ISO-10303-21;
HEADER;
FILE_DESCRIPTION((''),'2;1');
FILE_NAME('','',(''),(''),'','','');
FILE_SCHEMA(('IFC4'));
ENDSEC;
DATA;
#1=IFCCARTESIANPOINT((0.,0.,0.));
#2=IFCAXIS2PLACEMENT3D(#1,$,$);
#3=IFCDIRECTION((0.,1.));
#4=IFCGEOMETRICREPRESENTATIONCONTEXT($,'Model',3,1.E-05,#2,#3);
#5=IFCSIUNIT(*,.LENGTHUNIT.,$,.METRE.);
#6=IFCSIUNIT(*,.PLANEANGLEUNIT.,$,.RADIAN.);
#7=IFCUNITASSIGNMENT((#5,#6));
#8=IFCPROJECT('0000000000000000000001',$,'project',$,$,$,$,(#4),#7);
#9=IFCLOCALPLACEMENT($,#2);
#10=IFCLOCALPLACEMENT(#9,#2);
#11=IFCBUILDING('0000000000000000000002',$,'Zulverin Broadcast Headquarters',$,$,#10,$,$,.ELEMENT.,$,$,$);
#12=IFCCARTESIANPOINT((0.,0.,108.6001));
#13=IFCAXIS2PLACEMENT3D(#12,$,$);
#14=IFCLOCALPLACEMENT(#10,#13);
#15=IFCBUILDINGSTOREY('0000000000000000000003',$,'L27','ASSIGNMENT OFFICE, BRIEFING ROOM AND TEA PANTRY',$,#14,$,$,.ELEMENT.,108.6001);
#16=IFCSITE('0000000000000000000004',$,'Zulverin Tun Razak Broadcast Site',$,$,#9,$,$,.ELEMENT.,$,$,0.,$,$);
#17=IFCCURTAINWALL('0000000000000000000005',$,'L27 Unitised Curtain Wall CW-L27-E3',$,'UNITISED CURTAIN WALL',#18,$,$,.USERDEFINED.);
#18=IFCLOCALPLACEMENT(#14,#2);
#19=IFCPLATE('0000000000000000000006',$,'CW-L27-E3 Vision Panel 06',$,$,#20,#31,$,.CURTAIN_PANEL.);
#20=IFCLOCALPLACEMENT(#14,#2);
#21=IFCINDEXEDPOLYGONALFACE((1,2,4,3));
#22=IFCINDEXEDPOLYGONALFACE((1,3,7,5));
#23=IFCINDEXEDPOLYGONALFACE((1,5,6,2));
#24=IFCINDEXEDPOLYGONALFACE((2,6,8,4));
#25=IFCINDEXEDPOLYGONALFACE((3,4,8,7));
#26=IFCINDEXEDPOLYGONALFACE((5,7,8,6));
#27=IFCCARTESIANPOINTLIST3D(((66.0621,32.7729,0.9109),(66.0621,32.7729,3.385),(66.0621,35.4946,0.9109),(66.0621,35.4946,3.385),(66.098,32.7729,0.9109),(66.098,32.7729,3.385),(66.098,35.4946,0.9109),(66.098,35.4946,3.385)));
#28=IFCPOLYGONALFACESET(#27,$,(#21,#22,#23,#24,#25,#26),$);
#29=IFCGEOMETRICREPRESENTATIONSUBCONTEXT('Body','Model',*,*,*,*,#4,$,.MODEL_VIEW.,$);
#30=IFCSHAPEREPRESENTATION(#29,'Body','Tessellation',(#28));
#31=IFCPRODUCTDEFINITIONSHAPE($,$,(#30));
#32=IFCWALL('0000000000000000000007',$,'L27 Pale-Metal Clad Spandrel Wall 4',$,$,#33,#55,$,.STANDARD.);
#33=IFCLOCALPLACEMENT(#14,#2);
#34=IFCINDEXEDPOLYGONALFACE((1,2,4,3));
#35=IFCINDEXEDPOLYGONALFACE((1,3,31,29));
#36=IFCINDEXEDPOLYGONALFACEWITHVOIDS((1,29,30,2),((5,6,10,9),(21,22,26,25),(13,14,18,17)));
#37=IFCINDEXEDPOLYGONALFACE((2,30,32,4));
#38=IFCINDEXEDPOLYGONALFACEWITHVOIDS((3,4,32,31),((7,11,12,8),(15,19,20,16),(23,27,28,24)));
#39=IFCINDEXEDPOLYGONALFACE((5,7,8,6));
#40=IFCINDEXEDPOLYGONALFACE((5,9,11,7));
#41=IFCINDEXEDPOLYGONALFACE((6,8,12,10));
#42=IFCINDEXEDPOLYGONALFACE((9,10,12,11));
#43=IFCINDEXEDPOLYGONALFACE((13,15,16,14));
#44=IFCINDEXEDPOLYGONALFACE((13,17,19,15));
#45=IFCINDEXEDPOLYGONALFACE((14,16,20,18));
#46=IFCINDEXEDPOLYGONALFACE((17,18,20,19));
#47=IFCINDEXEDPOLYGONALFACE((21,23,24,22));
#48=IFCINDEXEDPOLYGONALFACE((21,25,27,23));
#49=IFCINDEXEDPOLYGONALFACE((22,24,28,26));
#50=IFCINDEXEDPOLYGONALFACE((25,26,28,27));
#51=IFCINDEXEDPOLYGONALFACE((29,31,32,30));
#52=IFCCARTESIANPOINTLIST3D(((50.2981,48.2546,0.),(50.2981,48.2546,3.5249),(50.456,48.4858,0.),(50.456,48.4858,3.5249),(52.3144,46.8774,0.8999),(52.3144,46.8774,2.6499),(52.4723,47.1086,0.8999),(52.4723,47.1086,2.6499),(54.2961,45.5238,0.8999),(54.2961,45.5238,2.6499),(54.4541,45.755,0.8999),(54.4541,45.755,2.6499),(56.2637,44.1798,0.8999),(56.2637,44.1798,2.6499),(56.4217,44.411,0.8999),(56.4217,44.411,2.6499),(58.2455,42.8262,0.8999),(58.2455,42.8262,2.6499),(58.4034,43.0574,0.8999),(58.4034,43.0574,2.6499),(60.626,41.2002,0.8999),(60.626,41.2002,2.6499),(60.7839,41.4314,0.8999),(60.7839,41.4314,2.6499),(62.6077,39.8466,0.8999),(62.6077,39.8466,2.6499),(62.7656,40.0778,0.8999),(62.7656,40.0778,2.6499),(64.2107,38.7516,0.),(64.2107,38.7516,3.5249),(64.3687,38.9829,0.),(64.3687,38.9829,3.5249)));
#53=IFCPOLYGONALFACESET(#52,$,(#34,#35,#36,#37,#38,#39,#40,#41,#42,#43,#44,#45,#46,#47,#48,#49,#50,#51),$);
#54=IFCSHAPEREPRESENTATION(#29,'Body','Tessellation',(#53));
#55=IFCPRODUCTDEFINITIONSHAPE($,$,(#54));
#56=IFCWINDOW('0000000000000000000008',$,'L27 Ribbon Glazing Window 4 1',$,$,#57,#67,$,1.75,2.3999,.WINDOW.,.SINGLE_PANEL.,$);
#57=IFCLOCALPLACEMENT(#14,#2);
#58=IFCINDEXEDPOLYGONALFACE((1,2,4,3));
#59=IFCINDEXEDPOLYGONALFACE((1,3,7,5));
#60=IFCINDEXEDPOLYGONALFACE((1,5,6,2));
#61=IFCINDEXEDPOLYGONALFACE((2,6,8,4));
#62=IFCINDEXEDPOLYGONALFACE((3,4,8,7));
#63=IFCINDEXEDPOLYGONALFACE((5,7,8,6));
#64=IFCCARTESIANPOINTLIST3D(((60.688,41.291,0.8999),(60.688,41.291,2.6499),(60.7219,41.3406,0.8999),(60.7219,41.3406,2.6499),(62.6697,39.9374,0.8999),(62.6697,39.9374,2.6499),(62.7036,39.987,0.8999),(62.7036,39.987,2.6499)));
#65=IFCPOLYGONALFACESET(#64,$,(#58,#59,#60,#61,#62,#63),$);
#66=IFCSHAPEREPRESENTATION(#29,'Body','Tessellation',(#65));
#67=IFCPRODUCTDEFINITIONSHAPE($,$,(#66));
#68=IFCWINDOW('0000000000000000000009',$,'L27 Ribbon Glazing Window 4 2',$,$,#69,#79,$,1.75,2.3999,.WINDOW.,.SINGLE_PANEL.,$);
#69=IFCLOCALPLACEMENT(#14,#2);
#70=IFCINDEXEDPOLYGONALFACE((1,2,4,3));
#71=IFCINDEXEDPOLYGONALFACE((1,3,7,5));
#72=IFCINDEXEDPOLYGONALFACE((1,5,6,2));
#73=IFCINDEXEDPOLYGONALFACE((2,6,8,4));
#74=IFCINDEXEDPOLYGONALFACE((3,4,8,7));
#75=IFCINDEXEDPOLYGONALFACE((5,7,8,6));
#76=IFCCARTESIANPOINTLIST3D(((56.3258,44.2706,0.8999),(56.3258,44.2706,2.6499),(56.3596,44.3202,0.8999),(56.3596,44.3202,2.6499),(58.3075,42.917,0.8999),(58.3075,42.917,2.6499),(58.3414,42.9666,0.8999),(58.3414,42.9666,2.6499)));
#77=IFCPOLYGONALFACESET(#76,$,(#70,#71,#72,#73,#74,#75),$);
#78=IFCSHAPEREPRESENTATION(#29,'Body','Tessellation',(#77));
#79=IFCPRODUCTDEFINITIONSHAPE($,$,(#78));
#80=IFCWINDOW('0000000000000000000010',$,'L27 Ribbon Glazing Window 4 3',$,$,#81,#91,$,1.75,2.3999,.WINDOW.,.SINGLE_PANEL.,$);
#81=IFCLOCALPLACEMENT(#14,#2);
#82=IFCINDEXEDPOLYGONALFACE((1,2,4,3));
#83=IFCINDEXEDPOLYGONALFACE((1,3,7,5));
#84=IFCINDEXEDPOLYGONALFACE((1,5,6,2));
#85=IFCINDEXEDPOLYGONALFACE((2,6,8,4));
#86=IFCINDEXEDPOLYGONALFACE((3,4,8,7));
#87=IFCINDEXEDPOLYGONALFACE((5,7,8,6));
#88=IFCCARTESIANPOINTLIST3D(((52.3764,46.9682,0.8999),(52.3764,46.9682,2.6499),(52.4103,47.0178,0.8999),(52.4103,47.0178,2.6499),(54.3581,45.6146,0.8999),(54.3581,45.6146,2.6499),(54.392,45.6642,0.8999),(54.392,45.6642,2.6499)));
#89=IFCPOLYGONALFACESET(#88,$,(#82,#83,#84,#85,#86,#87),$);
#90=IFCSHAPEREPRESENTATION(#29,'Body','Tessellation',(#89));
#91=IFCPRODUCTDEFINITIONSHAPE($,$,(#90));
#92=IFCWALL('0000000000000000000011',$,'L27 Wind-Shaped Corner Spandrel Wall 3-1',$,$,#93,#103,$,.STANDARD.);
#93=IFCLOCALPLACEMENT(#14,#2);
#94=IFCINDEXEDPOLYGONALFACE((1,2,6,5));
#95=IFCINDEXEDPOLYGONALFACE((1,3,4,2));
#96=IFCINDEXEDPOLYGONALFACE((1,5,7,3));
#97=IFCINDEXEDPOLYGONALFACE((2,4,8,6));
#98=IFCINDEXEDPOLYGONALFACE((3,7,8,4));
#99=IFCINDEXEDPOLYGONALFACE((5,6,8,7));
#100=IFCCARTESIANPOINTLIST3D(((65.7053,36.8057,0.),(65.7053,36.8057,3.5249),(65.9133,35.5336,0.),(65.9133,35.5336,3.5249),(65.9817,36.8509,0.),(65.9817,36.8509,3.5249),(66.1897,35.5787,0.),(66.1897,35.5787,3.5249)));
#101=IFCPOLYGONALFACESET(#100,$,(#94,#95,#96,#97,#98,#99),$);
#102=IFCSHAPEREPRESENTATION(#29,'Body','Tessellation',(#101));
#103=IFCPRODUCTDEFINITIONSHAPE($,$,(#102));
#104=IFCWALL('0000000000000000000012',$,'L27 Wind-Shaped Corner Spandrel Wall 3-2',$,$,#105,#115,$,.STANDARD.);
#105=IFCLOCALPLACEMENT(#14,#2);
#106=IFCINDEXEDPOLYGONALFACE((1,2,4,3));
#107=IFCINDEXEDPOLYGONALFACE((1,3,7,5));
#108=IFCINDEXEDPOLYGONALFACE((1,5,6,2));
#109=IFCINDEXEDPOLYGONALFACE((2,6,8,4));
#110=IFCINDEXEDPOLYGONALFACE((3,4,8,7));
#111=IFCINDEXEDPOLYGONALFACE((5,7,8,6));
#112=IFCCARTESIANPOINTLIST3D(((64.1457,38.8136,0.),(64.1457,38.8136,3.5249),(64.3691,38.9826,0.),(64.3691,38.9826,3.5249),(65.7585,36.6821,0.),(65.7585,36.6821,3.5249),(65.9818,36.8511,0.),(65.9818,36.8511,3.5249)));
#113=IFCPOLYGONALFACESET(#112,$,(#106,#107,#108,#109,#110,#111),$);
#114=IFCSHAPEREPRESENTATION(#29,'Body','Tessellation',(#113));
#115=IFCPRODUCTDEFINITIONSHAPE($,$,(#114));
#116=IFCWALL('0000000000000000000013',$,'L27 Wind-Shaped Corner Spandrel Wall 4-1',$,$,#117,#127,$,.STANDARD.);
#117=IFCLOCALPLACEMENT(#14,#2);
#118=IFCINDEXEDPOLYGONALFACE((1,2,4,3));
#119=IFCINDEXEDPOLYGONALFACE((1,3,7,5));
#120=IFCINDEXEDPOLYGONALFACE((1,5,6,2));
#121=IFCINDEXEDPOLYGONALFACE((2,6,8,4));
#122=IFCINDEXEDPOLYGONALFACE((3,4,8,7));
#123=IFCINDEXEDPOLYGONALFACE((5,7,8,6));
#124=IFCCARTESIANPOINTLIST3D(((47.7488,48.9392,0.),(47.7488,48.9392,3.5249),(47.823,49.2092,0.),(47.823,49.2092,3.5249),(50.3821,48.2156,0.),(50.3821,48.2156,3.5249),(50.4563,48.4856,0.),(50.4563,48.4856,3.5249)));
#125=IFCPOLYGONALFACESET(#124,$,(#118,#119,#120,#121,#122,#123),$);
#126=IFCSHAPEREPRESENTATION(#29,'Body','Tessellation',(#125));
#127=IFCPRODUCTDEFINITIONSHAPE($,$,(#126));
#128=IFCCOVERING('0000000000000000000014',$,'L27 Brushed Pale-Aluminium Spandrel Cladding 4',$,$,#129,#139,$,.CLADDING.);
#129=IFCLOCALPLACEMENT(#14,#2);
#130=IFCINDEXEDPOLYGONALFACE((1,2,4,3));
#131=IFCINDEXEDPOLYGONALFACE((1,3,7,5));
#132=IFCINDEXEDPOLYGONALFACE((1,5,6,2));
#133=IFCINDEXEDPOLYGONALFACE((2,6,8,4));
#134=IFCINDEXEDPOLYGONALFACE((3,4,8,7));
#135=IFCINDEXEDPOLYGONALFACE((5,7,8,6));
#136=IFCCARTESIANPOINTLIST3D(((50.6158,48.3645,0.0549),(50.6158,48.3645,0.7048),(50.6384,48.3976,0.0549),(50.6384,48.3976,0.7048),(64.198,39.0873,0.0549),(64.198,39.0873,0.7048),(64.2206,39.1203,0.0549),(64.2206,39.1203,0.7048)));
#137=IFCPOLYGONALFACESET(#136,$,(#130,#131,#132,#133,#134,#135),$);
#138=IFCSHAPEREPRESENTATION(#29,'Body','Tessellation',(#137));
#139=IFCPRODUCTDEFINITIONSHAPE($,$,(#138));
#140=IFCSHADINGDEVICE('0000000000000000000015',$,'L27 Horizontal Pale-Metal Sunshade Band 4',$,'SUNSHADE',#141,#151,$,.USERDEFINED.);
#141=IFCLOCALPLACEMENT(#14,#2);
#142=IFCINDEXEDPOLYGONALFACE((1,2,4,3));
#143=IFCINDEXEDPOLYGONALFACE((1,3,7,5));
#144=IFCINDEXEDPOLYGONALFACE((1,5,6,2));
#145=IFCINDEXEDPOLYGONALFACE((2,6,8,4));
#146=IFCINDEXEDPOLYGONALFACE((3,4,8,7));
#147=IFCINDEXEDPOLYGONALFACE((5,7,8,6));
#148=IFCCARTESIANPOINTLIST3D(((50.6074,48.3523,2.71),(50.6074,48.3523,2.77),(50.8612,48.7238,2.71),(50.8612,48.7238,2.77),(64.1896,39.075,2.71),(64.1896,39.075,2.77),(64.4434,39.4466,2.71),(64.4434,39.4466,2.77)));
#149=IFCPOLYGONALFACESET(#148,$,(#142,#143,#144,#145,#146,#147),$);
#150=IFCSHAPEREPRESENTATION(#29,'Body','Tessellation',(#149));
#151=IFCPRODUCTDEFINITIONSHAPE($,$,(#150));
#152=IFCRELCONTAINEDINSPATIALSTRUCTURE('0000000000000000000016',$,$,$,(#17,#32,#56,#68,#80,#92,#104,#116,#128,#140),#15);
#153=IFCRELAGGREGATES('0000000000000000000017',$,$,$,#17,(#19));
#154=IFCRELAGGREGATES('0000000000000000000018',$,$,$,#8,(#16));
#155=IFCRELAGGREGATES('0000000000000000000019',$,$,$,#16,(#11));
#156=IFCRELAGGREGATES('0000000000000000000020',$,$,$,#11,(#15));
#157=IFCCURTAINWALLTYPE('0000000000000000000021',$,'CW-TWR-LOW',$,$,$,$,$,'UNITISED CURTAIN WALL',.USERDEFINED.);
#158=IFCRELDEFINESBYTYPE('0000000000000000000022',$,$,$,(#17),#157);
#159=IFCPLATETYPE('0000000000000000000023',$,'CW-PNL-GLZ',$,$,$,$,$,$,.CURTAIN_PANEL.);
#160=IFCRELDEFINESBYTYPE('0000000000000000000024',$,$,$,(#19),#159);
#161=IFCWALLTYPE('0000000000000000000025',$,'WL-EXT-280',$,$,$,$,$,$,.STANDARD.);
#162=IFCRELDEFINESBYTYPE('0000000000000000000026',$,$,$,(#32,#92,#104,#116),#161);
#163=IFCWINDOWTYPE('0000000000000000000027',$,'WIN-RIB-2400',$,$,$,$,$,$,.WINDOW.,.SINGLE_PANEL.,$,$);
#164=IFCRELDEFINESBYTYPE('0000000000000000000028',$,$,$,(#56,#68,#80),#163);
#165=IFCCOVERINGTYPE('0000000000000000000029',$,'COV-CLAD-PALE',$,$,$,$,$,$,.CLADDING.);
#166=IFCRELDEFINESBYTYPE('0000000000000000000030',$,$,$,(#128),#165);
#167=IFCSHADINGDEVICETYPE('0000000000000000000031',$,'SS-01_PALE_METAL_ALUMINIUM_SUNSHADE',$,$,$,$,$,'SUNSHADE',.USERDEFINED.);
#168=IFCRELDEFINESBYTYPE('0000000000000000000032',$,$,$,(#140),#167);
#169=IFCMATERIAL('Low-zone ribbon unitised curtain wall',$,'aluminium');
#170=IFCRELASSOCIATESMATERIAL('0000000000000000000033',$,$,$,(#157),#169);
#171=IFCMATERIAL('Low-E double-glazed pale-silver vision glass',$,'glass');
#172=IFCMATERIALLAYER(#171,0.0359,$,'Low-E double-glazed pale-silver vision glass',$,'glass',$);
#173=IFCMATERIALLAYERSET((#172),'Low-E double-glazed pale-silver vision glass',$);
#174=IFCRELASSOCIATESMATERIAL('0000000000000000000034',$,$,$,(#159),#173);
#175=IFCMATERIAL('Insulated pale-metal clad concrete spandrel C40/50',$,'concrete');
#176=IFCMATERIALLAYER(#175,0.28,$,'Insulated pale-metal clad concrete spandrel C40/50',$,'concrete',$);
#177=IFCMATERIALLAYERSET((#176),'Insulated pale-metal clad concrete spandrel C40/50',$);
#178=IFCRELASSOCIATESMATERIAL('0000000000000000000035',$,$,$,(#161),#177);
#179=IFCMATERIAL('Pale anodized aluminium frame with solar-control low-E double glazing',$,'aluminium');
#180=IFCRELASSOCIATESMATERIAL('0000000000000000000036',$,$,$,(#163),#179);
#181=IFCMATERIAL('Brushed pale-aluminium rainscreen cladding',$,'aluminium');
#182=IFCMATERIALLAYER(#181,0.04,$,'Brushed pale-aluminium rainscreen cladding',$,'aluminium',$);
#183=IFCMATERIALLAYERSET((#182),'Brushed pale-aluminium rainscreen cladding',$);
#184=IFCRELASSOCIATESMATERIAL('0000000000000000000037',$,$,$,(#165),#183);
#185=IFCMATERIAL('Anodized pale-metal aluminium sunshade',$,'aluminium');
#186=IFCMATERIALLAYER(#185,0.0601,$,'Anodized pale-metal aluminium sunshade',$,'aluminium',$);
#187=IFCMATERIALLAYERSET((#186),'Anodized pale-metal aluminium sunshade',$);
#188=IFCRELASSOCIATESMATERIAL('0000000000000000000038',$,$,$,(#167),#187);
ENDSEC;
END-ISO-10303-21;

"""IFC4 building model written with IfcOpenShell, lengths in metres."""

from ifc_helpers import new_model, si_unit, direction, frame, frame_2d, origin, origin_2d, place, context, subcontext, project, spatial, rectangle, extrude, material, layer, layer_set, type_object, element, fill, aggregate, save


model = new_model("IFC4")

# Units and contexts
model_context = context("Model", 3, precision=1e-05, world=origin(), true_north=direction((0.0, 1.0)))
body_context = subcontext(model_context, "Body", "Model", "MODEL_VIEW")
ifc_project = project(units=[si_unit("LENGTHUNIT", "METRE"), si_unit("PLANEANGLEUNIT", "RADIAN")], contexts=[model_context])

# Site, building, storey
site_placement = place(None, origin())
site = spatial("IfcSite", under=ifc_project, at=site_placement, Name="Zulverin Tun Razak Broadcast Site", CompositionType="ELEMENT", RefElevation=0.0)
building_placement = place(site_placement, origin())
building = spatial("IfcBuilding", under=site, at=building_placement, Name="Zulverin Broadcast Headquarters", CompositionType="ELEMENT")
storey_placement = place(building_placement, frame((0.0, 0.0, 108.6001)))
storey = spatial("IfcBuildingStorey", under=building, at=storey_placement, Name="L27", Description="ASSIGNMENT OFFICE, BRIEFING ROOM AND TEA PANTRY", CompositionType="ELEMENT", Elevation=108.6001)

# Curtain wall, plate
ifc_material_1 = material(Name="Low-zone ribbon unitised curtain wall", Category="aluminium")
curtain_wall_type = type_object("IfcCurtainWallType", Name="CW-TWR-LOW", ElementType="UNITISED CURTAIN WALL", PredefinedType="USERDEFINED", material=ifc_material_1)
curtain_wall_placement = place(storey_placement, origin())
curtain_wall = element("IfcCurtainWall", 1, at=curtain_wall_placement, inside=storey, type_object=curtain_wall_type, Name="L27 Unitised Curtain Wall CW-L27-E3", ObjectType="UNITISED CURTAIN WALL", PredefinedType="USERDEFINED")
ifc_material_2 = material(Name="Low-E double-glazed pale-silver vision glass", Category="glass")
ifc_layer_1 = layer(ifc_material_2, 0.0359, Name="Low-E double-glazed pale-silver vision glass", Category="glass")
ifc_layer_set_1 = layer_set([ifc_layer_1], Name="Low-E double-glazed pale-silver vision glass")
plate_type = type_object("IfcPlateType", Name="CW-PNL-GLZ", PredefinedType="CURTAIN_PANEL", material=ifc_layer_set_1)
plate_placement = place(storey_placement, frame((66.0801, 34.1338, 0.9109), z_axis=(0.0, 0.0, 1.0), x_axis=(0.0, 1.0, 0.0)))
plate = element("IfcPlate", 2, at=plate_placement, type_object=plate_type, Name="CW-L27-E3 Vision Panel 06", PredefinedType="CURTAIN_PANEL", context=body_context, shape_type="SweptSolid", body=[
    extrude(rectangle(XDim=2.7217, YDim=0.0359, at=origin_2d()), origin(), (0.0, 0.0, 1.0), 2.4741),
])
aggregate(curtain_wall, [plate])

# Wall, openings, windows
ifc_material_3 = material(Name="Insulated pale-metal clad concrete spandrel C40/50", Category="concrete")
ifc_layer_2 = layer(ifc_material_3, 0.28, Name="Insulated pale-metal clad concrete spandrel C40/50", Category="concrete")
ifc_layer_set_2 = layer_set([ifc_layer_2], Name="Insulated pale-metal clad concrete spandrel C40/50")
wall_type = type_object("IfcWallType", Name="WL-EXT-280", PredefinedType="STANDARD", material=ifc_layer_set_2)
wall_1_placement = place(storey_placement, frame((64.2898, 38.8672, 0.0), z_axis=(0.0, 0.0, 1.0), x_axis=(-0.825756, 0.564028, 0.0)))
wall_1 = element("IfcWall", 3, at=wall_1_placement, inside=storey, type_object=wall_type, Name="L27 Pale-Metal Clad Spandrel Wall 4", PredefinedType="STANDARD", context=body_context, shape_type="SweptSolid", body=[
    extrude(rectangle(XDim=16.8484, YDim=0.28, at=frame_2d((8.4243, 0.0))), origin(), (0.0, 0.0, 1.0), 3.5249),
])
opening_1_placement = place(wall_1_placement, frame((1.9414, 0.0, 0.8999)))
opening_1 = element("IfcOpeningElement", 4, at=opening_1_placement, cuts=wall_1, PredefinedType="OPENING", context=body_context, shape_type="SweptSolid", body=[
    extrude(rectangle(XDim=2.3999, YDim=1.75, at=frame_2d((1.2, 0.875))), frame((0.0, 0.1499, 0.0), z_axis=(0.0, -1.0, 0.0), x_axis=(1.0, 0.0, 0.0)), (0.0, 0.0, 1.0), 0.3),
])
opening_2_placement = place(wall_1_placement, frame((7.2241, 0.0, 0.8999)))
opening_2 = element("IfcOpeningElement", 5, at=opening_2_placement, cuts=wall_1, PredefinedType="OPENING", context=body_context, shape_type="SweptSolid", body=[
    extrude(rectangle(XDim=2.3999, YDim=1.75, at=frame_2d((1.2, 0.875))), frame((0.0, 0.1499, 0.0), z_axis=(0.0, -1.0, 0.0), x_axis=(1.0, 0.0, 0.0)), (0.0, 0.0, 1.0), 0.3),
])
opening_3_placement = place(wall_1_placement, frame((12.0068, 0.0, 0.8999)))
opening_3 = element("IfcOpeningElement", 6, at=opening_3_placement, cuts=wall_1, PredefinedType="OPENING", context=body_context, shape_type="SweptSolid", body=[
    extrude(rectangle(XDim=2.3999, YDim=1.75, at=frame_2d((1.2, 0.875))), frame((0.0, 0.1499, 0.0), z_axis=(0.0, -1.0, 0.0), x_axis=(1.0, 0.0, 0.0)), (0.0, 0.0, 1.0), 0.3),
])
ifc_material_4 = material(Name="Pale anodized aluminium frame with solar-control low-E double glazing", Category="aluminium")
window_type = type_object("IfcWindowType", Name="WIN-RIB-2400", PartitioningType="SINGLE_PANEL", PredefinedType="WINDOW", material=ifc_material_4)
window_1_placement = place(opening_1_placement, origin())
window_1 = element("IfcWindow", 7, at=window_1_placement, inside=storey, type_object=window_type, Name="L27 Ribbon Glazing Window 4 1", OverallHeight=1.75, OverallWidth=2.3999, PartitioningType="SINGLE_PANEL", PredefinedType="WINDOW", context=body_context, shape_type="SweptSolid", body=[
    extrude(rectangle(XDim=2.3999, YDim=1.75, at=frame_2d((1.2, 0.875))), frame((0.0, 0.03, 0.0), z_axis=(0.0, -1.0, 0.0), x_axis=(1.0, 0.0, 0.0)), (0.0, 0.0, 1.0), 0.0601),
])
fill(opening_1, window_1)
window_2_placement = place(opening_2_placement, origin())
window_2 = element("IfcWindow", 8, at=window_2_placement, inside=storey, type_object=window_type, Name="L27 Ribbon Glazing Window 4 2", OverallHeight=1.75, OverallWidth=2.3999, PartitioningType="SINGLE_PANEL", PredefinedType="WINDOW", context=body_context, shape_type="SweptSolid", body=[
    extrude(rectangle(XDim=2.3999, YDim=1.75, at=frame_2d((1.2, 0.875))), frame((0.0, 0.03, 0.0), z_axis=(0.0, -1.0, 0.0), x_axis=(1.0, 0.0, 0.0)), (0.0, 0.0, 1.0), 0.0601),
])
fill(opening_2, window_2)
window_3_placement = place(opening_3_placement, origin())
window_3 = element("IfcWindow", 9, at=window_3_placement, inside=storey, type_object=window_type, Name="L27 Ribbon Glazing Window 4 3", OverallHeight=1.75, OverallWidth=2.3999, PartitioningType="SINGLE_PANEL", PredefinedType="WINDOW", context=body_context, shape_type="SweptSolid", body=[
    extrude(rectangle(XDim=2.3999, YDim=1.75, at=frame_2d((1.2, 0.875))), frame((0.0, 0.03, 0.0), z_axis=(0.0, -1.0, 0.0), x_axis=(1.0, 0.0, 0.0)), (0.0, 0.0, 1.0), 0.0601),
])
fill(opening_3, window_3)

# Walls
wall_2_placement = place(storey_placement, frame((66.0515, 35.5562, 0.0), z_axis=(0.0, 0.0, 1.0), x_axis=(-0.161358, 0.986896, 0.0)))
element("IfcWall", 10, at=wall_2_placement, inside=storey, type_object=wall_type, Name="L27 Wind-Shaped Corner Spandrel Wall 3-1", PredefinedType="STANDARD", context=body_context, shape_type="SweptSolid", body=[
    extrude(rectangle(XDim=1.2891, YDim=0.28, at=frame_2d((0.6445, 0.0))), origin(), (0.0, 0.0, 1.0), 3.5249),
])
wall_3_placement = place(storey_placement, frame((65.8701, 36.7666, 0.0), z_axis=(0.0, 0.0, 1.0), x_axis=(-0.60337, 0.797461, 0.0)))
element("IfcWall", 11, at=wall_3_placement, inside=storey, type_object=wall_type, Name="L27 Wind-Shaped Corner Spandrel Wall 3-2", PredefinedType="STANDARD", context=body_context, shape_type="SweptSolid", body=[
    extrude(rectangle(XDim=2.6729, YDim=0.28, at=frame_2d((1.3364, 0.0))), origin(), (0.0, 0.0, 1.0), 3.5249),
])
wall_4_placement = place(storey_placement, frame((50.4192, 48.3506, 0.0), z_axis=(0.0, 0.0, 1.0), x_axis=(-0.964255, 0.264978, 0.0)))
element("IfcWall", 12, at=wall_4_placement, inside=storey, type_object=wall_type, Name="L27 Wind-Shaped Corner Spandrel Wall 4-1", PredefinedType="STANDARD", context=body_context, shape_type="SweptSolid", body=[
    extrude(rectangle(XDim=2.731, YDim=0.28, at=frame_2d((1.3655, 0.0))), origin(), (0.0, 0.0, 1.0), 3.5249),
])

# Covering
ifc_material_5 = material(Name="Brushed pale-aluminium rainscreen cladding", Category="aluminium")
ifc_layer_3 = layer(ifc_material_5, 0.04, Name="Brushed pale-aluminium rainscreen cladding", Category="aluminium")
ifc_layer_set_3 = layer_set([ifc_layer_3], Name="Brushed pale-aluminium rainscreen cladding")
covering_type = type_object("IfcCoveringType", Name="COV-CLAD-PALE", PredefinedType="CLADDING", material=ifc_layer_set_3)
covering_placement = place(storey_placement, frame((57.4182, 43.7424, 0.0549), z_axis=(0.0, 0.0, 1.0), x_axis=(-0.825757, 0.564026, 0.0)))
element("IfcCovering", 13, at=covering_placement, inside=storey, type_object=covering_type, Name="L27 Brushed Pale-Aluminium Spandrel Cladding 4", PredefinedType="CLADDING", context=body_context, shape_type="SweptSolid", body=[
    extrude(rectangle(XDim=16.4482, YDim=0.04, at=origin_2d()), origin(), (0.0, 0.0, 1.0), 0.6499),
])

# Shading device
ifc_material_6 = material(Name="Anodized pale-metal aluminium sunshade", Category="aluminium")
ifc_layer_4 = layer(ifc_material_6, 0.0601, Name="Anodized pale-metal aluminium sunshade", Category="aluminium")
ifc_layer_set_4 = layer_set([ifc_layer_4], Name="Anodized pale-metal aluminium sunshade")
shading_device_type = type_object("IfcShadingDeviceType", Name="SS-01_PALE_METAL_ALUMINIUM_SUNSHADE", ElementType="SUNSHADE", PredefinedType="USERDEFINED", material=ifc_layer_set_4)
shading_device_placement = place(storey_placement, frame((57.5254, 43.8994, 2.71), z_axis=(0.0, 0.0, 1.0), x_axis=(-0.825757, 0.564026, 0.0)))
element("IfcShadingDevice", 14, at=shading_device_placement, inside=storey, type_object=shading_device_type, Name="L27 Horizontal Pale-Metal Sunshade Band 4", ObjectType="SUNSHADE", PredefinedType="USERDEFINED", context=body_context, shape_type="SweptSolid", body=[
    extrude(rectangle(XDim=16.4482, YDim=0.45, at=origin_2d()), origin(), (0.0, 0.0, 1.0), 0.0601),
])

save(model, "model.ifc")
